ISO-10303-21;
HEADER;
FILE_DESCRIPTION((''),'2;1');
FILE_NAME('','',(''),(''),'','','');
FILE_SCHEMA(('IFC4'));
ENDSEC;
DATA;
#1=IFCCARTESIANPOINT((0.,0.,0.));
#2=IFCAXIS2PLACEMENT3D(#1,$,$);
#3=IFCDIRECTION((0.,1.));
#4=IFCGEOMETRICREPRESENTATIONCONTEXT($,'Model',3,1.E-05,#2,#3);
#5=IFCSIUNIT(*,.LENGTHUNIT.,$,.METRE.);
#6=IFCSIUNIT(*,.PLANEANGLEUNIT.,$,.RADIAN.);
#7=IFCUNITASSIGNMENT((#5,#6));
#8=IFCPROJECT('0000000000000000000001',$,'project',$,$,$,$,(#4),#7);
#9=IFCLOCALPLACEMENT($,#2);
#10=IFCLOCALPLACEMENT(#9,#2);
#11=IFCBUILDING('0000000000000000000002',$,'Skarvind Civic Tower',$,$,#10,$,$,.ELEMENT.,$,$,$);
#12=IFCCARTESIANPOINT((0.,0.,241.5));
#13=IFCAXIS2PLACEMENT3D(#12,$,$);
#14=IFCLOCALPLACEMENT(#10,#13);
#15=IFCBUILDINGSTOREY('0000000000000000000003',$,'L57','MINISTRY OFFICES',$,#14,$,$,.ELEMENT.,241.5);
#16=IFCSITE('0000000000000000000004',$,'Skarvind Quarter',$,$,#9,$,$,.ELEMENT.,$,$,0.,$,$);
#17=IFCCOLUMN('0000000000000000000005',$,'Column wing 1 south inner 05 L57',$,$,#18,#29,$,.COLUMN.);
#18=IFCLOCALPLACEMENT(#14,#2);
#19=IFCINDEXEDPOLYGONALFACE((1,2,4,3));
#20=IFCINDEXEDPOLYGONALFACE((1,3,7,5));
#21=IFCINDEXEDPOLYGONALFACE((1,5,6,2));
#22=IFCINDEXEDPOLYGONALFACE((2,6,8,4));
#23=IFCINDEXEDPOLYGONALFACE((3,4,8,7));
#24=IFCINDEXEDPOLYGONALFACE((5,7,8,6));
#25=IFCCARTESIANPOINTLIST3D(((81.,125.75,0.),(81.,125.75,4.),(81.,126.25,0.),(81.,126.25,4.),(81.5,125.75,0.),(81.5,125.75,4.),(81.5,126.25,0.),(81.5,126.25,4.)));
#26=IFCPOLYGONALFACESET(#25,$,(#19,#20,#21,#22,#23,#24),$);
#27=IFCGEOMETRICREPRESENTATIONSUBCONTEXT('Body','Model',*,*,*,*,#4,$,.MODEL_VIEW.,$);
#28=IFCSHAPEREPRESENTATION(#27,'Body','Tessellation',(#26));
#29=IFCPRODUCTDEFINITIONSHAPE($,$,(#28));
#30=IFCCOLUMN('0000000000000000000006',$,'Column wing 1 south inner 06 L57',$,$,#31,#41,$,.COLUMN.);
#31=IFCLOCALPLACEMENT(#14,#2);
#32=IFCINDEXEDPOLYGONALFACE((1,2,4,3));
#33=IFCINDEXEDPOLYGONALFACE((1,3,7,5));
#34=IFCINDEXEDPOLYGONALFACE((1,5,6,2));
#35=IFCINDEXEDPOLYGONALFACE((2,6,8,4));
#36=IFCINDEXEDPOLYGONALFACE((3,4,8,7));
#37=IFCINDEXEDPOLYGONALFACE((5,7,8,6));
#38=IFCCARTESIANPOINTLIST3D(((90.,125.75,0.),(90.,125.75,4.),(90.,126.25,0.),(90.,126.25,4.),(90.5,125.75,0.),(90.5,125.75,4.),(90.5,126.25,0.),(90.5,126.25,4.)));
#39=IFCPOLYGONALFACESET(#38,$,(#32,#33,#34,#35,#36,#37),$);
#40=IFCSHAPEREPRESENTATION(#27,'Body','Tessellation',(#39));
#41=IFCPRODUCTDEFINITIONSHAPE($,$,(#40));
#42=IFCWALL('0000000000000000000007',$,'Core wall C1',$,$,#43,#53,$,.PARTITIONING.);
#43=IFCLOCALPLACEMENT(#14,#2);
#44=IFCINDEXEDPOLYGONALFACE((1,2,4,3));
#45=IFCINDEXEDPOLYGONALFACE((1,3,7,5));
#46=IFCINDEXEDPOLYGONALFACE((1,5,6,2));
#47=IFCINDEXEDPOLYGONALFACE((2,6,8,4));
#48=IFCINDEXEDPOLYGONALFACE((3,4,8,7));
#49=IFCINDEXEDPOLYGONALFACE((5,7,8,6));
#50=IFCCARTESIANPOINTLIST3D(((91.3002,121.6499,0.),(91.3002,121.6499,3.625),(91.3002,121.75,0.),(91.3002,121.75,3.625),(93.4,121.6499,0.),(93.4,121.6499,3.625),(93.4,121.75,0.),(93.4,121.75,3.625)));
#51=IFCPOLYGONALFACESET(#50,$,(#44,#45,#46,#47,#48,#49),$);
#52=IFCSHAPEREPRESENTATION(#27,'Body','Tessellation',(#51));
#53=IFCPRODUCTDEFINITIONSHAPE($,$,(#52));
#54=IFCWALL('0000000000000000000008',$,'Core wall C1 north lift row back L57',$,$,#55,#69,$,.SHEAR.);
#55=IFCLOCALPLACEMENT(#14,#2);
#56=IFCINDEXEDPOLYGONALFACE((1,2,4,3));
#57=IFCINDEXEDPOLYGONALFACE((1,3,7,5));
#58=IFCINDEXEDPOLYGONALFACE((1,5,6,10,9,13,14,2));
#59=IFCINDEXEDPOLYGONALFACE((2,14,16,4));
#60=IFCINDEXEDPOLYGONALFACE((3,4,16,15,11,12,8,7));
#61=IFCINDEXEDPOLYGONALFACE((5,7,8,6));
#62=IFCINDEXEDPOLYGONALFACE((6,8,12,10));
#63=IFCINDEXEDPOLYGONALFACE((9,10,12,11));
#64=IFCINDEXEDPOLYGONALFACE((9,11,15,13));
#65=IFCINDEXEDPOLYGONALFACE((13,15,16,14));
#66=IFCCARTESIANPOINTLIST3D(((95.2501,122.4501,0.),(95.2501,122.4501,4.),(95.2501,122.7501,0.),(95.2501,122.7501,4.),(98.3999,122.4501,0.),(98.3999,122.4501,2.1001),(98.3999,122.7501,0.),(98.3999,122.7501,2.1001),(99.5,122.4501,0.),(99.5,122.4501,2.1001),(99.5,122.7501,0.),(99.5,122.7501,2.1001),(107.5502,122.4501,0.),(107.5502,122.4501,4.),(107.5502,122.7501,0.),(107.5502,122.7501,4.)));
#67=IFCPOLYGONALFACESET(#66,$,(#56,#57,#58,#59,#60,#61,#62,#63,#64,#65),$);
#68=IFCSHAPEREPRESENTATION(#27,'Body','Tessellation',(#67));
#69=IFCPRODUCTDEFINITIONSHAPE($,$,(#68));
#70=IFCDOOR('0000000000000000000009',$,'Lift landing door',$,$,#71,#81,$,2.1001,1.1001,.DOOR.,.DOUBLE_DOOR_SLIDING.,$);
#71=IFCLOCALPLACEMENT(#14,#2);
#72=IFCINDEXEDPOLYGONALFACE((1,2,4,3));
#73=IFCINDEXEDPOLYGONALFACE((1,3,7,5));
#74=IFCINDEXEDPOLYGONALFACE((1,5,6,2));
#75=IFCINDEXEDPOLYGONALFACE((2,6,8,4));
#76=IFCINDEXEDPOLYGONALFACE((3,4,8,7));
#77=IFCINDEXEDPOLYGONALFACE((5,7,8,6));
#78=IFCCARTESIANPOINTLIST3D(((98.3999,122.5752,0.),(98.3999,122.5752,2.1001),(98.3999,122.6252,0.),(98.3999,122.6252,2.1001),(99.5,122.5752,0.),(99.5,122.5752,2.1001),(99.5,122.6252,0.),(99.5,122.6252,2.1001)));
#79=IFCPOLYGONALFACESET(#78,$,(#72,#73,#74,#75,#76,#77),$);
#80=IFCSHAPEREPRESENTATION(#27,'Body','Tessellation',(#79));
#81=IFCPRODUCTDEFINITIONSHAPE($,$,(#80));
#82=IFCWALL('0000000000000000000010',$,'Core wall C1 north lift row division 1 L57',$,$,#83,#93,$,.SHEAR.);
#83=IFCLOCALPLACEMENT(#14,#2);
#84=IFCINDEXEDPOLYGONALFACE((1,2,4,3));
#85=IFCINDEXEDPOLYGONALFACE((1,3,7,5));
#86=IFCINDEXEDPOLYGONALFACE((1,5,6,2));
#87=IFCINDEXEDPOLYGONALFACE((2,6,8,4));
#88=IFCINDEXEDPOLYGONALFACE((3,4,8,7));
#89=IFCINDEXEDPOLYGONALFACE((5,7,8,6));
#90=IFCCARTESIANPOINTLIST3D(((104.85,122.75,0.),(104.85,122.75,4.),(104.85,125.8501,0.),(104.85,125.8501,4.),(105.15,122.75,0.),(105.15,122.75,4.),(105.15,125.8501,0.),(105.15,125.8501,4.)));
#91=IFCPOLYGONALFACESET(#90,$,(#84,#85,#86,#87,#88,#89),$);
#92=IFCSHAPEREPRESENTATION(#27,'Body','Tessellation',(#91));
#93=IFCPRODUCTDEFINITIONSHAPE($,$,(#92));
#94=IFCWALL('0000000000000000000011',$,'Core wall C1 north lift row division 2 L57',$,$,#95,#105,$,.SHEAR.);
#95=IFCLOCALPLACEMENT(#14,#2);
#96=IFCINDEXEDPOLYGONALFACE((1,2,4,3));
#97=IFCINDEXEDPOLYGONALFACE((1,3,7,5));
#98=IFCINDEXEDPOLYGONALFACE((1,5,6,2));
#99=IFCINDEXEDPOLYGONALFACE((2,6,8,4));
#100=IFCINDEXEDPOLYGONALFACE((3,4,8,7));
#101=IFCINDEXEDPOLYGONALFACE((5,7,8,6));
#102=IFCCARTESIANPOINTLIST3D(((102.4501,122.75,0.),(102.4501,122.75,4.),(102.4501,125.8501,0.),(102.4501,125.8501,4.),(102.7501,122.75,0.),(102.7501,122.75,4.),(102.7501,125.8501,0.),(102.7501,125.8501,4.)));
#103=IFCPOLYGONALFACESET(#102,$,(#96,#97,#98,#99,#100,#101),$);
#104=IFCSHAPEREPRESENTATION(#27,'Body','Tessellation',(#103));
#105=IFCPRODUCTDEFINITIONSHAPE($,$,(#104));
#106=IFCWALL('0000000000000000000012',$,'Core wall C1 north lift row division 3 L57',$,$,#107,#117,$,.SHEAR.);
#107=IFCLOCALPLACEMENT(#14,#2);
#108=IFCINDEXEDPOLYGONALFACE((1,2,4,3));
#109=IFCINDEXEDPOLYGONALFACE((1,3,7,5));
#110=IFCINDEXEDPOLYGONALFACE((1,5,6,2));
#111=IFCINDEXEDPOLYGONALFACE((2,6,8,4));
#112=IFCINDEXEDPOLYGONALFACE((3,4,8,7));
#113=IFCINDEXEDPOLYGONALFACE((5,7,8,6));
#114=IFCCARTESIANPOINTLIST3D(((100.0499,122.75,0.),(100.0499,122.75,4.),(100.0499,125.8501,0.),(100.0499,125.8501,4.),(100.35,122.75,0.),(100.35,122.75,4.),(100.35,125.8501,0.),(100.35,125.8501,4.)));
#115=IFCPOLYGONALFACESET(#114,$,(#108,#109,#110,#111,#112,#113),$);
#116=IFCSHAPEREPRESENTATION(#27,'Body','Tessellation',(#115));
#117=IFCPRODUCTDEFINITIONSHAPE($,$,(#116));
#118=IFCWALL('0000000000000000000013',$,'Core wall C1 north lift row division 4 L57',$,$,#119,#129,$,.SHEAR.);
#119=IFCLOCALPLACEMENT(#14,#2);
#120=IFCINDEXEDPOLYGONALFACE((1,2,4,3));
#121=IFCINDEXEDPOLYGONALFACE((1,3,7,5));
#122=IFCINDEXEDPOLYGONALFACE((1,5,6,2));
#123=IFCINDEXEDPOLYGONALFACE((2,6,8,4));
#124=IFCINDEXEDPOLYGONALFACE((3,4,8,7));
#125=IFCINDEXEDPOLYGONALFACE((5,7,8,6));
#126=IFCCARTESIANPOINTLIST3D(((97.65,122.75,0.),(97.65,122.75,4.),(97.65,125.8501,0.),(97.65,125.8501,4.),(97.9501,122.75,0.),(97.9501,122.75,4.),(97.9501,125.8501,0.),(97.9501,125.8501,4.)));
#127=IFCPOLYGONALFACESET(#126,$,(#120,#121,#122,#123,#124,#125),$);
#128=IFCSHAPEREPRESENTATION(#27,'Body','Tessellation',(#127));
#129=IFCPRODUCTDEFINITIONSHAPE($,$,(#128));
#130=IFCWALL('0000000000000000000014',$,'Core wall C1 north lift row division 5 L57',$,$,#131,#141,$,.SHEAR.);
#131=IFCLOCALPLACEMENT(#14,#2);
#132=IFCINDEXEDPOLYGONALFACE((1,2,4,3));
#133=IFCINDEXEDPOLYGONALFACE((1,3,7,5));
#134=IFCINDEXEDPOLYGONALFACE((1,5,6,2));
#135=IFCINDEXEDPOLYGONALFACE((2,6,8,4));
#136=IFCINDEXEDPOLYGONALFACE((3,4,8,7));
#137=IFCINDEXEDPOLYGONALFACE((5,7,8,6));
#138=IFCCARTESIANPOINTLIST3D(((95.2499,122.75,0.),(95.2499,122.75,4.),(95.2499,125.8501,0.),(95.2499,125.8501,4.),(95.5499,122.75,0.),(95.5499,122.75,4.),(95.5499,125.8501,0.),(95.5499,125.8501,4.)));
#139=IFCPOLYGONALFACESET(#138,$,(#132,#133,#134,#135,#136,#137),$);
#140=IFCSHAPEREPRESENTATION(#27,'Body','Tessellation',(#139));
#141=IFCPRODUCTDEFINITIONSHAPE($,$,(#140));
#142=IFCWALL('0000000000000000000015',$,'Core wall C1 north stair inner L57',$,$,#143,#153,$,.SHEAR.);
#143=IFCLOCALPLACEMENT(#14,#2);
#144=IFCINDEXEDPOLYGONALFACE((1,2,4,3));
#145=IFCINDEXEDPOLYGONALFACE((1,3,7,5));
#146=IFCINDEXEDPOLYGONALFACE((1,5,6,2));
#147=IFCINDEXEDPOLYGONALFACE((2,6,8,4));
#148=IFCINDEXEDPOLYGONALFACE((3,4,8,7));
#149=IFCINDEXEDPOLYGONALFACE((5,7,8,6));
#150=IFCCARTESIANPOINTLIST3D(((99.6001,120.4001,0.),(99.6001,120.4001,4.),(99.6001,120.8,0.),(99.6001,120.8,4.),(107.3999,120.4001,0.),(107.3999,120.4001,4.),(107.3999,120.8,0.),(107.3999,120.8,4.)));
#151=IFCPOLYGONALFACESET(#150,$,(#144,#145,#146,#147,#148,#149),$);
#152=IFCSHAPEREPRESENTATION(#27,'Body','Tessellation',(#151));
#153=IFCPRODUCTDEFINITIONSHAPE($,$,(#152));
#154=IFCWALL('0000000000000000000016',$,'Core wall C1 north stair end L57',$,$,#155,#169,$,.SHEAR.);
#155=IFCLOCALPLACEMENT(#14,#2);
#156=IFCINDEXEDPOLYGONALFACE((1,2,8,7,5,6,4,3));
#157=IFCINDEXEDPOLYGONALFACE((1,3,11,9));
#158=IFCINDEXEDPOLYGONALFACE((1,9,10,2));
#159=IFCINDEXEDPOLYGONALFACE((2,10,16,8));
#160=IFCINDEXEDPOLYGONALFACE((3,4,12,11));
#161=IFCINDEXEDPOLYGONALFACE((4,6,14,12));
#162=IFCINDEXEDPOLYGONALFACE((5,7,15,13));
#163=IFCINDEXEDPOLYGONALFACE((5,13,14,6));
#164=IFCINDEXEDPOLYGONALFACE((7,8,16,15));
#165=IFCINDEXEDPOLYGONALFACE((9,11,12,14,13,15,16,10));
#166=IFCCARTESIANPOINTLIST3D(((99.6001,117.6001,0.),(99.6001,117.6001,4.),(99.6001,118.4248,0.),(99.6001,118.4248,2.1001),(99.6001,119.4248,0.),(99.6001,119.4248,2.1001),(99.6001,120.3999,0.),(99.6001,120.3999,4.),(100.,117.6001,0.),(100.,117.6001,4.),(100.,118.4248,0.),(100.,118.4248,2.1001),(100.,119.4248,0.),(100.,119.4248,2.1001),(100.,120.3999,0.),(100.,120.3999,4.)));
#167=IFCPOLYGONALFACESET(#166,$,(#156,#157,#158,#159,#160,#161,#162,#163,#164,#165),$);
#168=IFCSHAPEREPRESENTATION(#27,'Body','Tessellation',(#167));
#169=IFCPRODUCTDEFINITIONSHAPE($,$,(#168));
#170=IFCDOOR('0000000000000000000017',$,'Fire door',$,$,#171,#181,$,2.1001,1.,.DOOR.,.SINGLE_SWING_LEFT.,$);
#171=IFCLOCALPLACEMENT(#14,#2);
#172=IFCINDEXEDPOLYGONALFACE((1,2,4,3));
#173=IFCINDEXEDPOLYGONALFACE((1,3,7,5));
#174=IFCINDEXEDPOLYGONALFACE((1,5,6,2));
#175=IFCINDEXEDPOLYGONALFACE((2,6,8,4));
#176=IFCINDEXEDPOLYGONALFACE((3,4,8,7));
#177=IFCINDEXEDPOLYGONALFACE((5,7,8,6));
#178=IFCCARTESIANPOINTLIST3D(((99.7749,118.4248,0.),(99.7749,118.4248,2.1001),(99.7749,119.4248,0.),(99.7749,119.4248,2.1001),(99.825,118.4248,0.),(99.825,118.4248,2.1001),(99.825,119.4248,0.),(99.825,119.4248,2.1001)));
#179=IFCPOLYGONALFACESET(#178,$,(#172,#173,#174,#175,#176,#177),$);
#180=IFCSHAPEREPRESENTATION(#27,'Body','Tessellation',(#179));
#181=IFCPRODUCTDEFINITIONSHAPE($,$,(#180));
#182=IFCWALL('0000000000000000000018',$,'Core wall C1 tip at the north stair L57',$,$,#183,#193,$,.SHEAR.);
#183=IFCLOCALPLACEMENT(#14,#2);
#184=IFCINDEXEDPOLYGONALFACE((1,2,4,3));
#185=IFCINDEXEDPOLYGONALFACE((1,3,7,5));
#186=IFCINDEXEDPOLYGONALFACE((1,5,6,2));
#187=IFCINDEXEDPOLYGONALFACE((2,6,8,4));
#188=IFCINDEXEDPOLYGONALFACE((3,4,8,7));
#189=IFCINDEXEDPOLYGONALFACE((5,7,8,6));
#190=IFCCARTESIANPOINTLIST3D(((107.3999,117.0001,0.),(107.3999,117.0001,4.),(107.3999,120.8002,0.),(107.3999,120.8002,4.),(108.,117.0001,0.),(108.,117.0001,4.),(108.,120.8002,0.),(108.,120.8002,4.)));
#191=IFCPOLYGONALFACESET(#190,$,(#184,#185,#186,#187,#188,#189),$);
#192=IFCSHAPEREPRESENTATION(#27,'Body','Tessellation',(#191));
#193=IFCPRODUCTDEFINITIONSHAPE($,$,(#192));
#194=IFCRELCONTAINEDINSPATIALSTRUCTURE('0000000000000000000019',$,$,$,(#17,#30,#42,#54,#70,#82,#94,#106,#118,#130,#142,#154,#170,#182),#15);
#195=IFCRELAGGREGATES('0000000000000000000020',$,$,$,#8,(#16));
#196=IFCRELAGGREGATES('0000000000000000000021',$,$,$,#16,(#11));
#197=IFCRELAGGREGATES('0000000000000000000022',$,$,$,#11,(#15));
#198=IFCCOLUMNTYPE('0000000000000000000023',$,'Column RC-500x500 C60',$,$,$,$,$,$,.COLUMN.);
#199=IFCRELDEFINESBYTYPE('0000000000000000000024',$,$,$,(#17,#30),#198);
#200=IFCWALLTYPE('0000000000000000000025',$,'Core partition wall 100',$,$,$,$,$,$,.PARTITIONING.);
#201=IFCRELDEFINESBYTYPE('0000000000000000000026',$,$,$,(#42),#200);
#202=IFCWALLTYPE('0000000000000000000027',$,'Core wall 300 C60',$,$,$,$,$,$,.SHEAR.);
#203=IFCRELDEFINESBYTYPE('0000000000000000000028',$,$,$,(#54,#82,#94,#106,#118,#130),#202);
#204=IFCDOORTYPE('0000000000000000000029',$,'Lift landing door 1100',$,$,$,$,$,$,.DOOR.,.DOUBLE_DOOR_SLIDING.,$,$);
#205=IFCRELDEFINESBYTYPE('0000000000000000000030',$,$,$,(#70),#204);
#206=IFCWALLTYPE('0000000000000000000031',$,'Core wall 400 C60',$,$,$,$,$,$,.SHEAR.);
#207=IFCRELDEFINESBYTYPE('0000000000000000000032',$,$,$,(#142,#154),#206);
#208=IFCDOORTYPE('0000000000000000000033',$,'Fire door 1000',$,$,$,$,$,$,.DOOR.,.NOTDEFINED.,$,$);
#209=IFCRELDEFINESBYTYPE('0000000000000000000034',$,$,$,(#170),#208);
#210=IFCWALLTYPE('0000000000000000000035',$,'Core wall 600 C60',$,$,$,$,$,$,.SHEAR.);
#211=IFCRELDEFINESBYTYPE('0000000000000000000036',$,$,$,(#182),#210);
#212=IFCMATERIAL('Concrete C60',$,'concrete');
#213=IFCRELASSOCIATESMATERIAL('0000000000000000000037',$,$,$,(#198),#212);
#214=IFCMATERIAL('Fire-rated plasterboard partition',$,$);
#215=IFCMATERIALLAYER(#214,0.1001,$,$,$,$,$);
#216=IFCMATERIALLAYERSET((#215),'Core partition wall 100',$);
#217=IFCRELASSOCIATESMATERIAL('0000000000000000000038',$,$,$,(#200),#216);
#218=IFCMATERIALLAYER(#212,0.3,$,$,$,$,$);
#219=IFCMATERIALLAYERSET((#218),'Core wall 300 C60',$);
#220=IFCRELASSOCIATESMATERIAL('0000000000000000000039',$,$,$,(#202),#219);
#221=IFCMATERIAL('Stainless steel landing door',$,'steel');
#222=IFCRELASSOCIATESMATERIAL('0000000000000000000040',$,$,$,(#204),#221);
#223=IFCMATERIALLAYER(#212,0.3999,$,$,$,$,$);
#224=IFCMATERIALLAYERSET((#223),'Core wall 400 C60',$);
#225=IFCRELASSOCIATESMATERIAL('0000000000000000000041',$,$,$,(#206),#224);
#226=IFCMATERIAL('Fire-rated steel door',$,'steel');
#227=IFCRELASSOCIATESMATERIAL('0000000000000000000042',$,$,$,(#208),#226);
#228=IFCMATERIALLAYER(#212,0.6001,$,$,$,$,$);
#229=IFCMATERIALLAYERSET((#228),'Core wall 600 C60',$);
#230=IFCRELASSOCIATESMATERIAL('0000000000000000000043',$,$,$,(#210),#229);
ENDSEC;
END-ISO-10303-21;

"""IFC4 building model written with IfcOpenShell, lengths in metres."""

from ifc_helpers import new_model, si_unit, direction, frame, frame_2d, origin, origin_2d, place, context, subcontext, project, spatial, rectangle, extrude, material, layer, layer_set, material_profile, profile_set, type_object, element, fill, save


model = new_model("IFC4")

# Units and contexts
model_context = context("Model", 3, precision=1e-05, world=origin(), true_north=direction((0.0, 1.0)))
body_context = subcontext(model_context, "Body", "Model", "MODEL_VIEW")
ifc_project = project(units=[si_unit("LENGTHUNIT", "METRE"), si_unit("PLANEANGLEUNIT", "RADIAN")], contexts=[model_context])

# Site, building, storey
site_placement = place(None, origin())
site = spatial("IfcSite", under=ifc_project, at=site_placement, Name="Skarvind Quarter", CompositionType="ELEMENT", RefElevation=0.0)
building_placement = place(site_placement, origin())
building = spatial("IfcBuilding", under=site, at=building_placement, Name="Skarvind Civic Tower", CompositionType="ELEMENT")
storey_placement = place(building_placement, frame((0.0, 0.0, 241.5)))
storey = spatial("IfcBuildingStorey", under=building, at=storey_placement, Name="L57", Description="MINISTRY OFFICES", CompositionType="ELEMENT", Elevation=241.5)

# Columns
ifc_material_1 = material(Name="Concrete C60", Category="concrete")
ifc_material_profile = material_profile(ifc_material_1, rectangle(XDim=0.5, YDim=0.5, at=origin_2d()), Name="RC-500x500")
ifc_profile_set = profile_set([ifc_material_profile], Name="Concrete C60")
column_type = type_object("IfcColumnType", Name="Column RC-500x500 C60", PredefinedType="COLUMN", material=ifc_profile_set)
for number, where, z_axis, x_axis, name in (
    (1, (81.25, 126.0, 0.0), (0.0, 0.0, 1.0), (1.0, 0.0, 0.0), "Column wing 1 south inner 05 L57"),
    (2, (90.25, 126.0, 0.0), (0.0, 0.0, 1.0), (1.0, 0.0, 0.0), "Column wing 1 south inner 06 L57"),
):
    element("IfcColumn", number, at=place(storey_placement, frame(where, z_axis=z_axis, x_axis=x_axis)), inside=storey, type_object=column_type, Name=name, PredefinedType="COLUMN", context=body_context, shape_type="SweptSolid", body=[
        extrude(rectangle(XDim=0.5, YDim=0.5, at=origin_2d()), origin(), (0.0, 0.0, 1.0), 4.0),
    ])

# Wall
ifc_material_2 = material(Name="Fire-rated plasterboard partition")
ifc_layer_1 = layer(ifc_material_2, 0.1001)
ifc_layer_set_1 = layer_set([ifc_layer_1], Name="Core partition wall 100")
wall_type_1 = type_object("IfcWallType", Name="Core partition wall 100", PredefinedType="PARTITIONING", material=ifc_layer_set_1)
wall_1_placement = place(storey_placement, frame((93.3999, 121.7, 0.0), z_axis=(0.0, 0.0, 1.0), x_axis=(-1.0, 0.0, 0.0)))
element("IfcWall", 3, at=wall_1_placement, inside=storey, type_object=wall_type_1, Name="Core wall C1", PredefinedType="PARTITIONING", context=body_context, shape_type="SweptSolid", body=[
    extrude(rectangle(XDim=2.0999, YDim=0.1001, at=frame_2d((1.0498, 0.0))), origin(), (0.0, 0.0, 1.0), 3.625),
])

# Wall, opening, door
ifc_layer_2 = layer(ifc_material_1, 0.3)
ifc_layer_set_2 = layer_set([ifc_layer_2], Name="Core wall 300 C60")
wall_type_2 = type_object("IfcWallType", Name="Core wall 300 C60", PredefinedType="SHEAR", material=ifc_layer_set_2)
wall_2_placement = place(storey_placement, frame((107.55, 122.6001, 0.0), z_axis=(0.0, 0.0, 1.0), x_axis=(-1.0, 0.0, 0.0)))
wall_2 = element("IfcWall", 4, at=wall_2_placement, inside=storey, type_object=wall_type_2, Name="Core wall C1 north lift row back L57", PredefinedType="SHEAR", context=body_context, shape_type="SweptSolid", body=[
    extrude(rectangle(XDim=12.3, YDim=0.3, at=frame_2d((6.1499, 0.0))), origin(), (0.0, 0.0, 1.0), 4.0),
])
opening_1_placement = place(wall_2_placement, frame((8.05, 0.0, 0.0)))
opening_1 = element("IfcOpeningElement", 5, at=opening_1_placement, cuts=wall_2, PredefinedType="OPENING", context=body_context, shape_type="SweptSolid", body=[
    extrude(rectangle(XDim=1.1001, YDim=2.1001, at=frame_2d((0.55, 1.05))), frame((0.0, 0.1599, 0.0), z_axis=(0.0, -1.0, 0.0), x_axis=(1.0, 0.0, 0.0)), (0.0, 0.0, 1.0), 0.3201),
])
ifc_material_3 = material(Name="Stainless steel landing door", Category="steel")
door_type_1 = type_object("IfcDoorType", Name="Lift landing door 1100", OperationType="DOUBLE_DOOR_SLIDING", PredefinedType="DOOR", material=ifc_material_3)
door_1_placement = place(opening_1_placement, origin())
door_1 = element("IfcDoor", 6, at=door_1_placement, inside=storey, type_object=door_type_1, Name="Lift landing door", OperationType="DOUBLE_DOOR_SLIDING", OverallHeight=2.1001, OverallWidth=1.1001, PredefinedType="DOOR", context=body_context, shape_type="SweptSolid", body=[
    extrude(rectangle(XDim=1.1001, YDim=2.1001, at=frame_2d((0.55, 1.05))), frame((0.0, 0.0249, 0.0), z_axis=(0.0, -1.0, 0.0), x_axis=(1.0, 0.0, 0.0)), (0.0, 0.0, 1.0), 0.05),
])
fill(opening_1, door_1)

# Walls
for number, where, z_axis, x_axis, name in (
    (7, (105.0, 125.8501, 0.0), (0.0, 0.0, 1.0), (0.0, -1.0, 0.0), "Core wall C1 north lift row division 1 L57"),
    (8, (102.6001, 125.8501, 0.0), (0.0, 0.0, 1.0), (0.0, -1.0, 0.0), "Core wall C1 north lift row division 2 L57"),
    (9, (100.2, 125.8501, 0.0), (0.0, 0.0, 1.0), (0.0, -1.0, 0.0), "Core wall C1 north lift row division 3 L57"),
    (10, (97.8, 125.8501, 0.0), (0.0, 0.0, 1.0), (0.0, -1.0, 0.0), "Core wall C1 north lift row division 4 L57"),
    (11, (95.3999, 125.8501, 0.0), (0.0, 0.0, 1.0), (0.0, -1.0, 0.0), "Core wall C1 north lift row division 5 L57"),
):
    element("IfcWall", number, at=place(storey_placement, frame(where, z_axis=z_axis, x_axis=x_axis)), inside=storey, type_object=wall_type_2, Name=name, PredefinedType="SHEAR", context=body_context, shape_type="SweptSolid", body=[
        extrude(rectangle(XDim=3.1001, YDim=0.3, at=frame_2d((1.55, 0.0))), origin(), (0.0, 0.0, 1.0), 4.0),
    ])
ifc_layer_3 = layer(ifc_material_1, 0.3999)
ifc_layer_set_3 = layer_set([ifc_layer_3], Name="Core wall 400 C60")
wall_type_3 = type_object("IfcWallType", Name="Core wall 400 C60", PredefinedType="SHEAR", material=ifc_layer_set_3)
wall_3_placement = place(storey_placement, frame((107.3999, 120.6001, 0.0), z_axis=(0.0, 0.0, 1.0), x_axis=(-1.0, 0.0, 0.0)))
element("IfcWall", 12, at=wall_3_placement, inside=storey, type_object=wall_type_3, Name="Core wall C1 north stair inner L57", PredefinedType="SHEAR", context=body_context, shape_type="SweptSolid", body=[
    extrude(rectangle(XDim=7.7998, YDim=0.3999, at=frame_2d((3.8999, 0.0))), origin(), (0.0, 0.0, 1.0), 4.0),
])

# Wall, opening, door
wall_4_placement = place(storey_placement, frame((99.8, 120.3999, 0.0), z_axis=(0.0, 0.0, 1.0), x_axis=(0.0, -1.0, 0.0)))
wall_4 = element("IfcWall", 13, at=wall_4_placement, inside=storey, type_object=wall_type_3, Name="Core wall C1 north stair end L57", PredefinedType="SHEAR", context=body_context, shape_type="SweptSolid", body=[
    extrude(rectangle(XDim=2.7998, YDim=0.3999, at=frame_2d((1.3999, 0.0))), origin(), (0.0, 0.0, 1.0), 4.0),
])
opening_2_placement = place(wall_4_placement, frame((0.9751, 0.0, 0.0)))
opening_2 = element("IfcOpeningElement", 14, at=opening_2_placement, cuts=wall_4, PredefinedType="OPENING", context=body_context, shape_type="SweptSolid", body=[
    extrude(rectangle(XDim=1.0, YDim=2.1001, at=frame_2d((0.5, 1.05))), frame((0.0, 0.21, 0.0), z_axis=(0.0, -1.0, 0.0), x_axis=(1.0, 0.0, 0.0)), (0.0, 0.0, 1.0), 0.4199),
])
ifc_material_4 = material(Name="Fire-rated steel door", Category="steel")
door_type_2 = type_object("IfcDoorType", Name="Fire door 1000", OperationType="NOTDEFINED", PredefinedType="DOOR", material=ifc_material_4)
door_2_placement = place(opening_2_placement, origin())
door_2 = element("IfcDoor", 15, at=door_2_placement, inside=storey, type_object=door_type_2, Name="Fire door", OperationType="SINGLE_SWING_LEFT", OverallHeight=2.1001, OverallWidth=1.0, PredefinedType="DOOR", context=body_context, shape_type="SweptSolid", body=[
    extrude(rectangle(XDim=1.0, YDim=2.1001, at=frame_2d((0.5, 1.05))), frame((0.0, 0.0249, 0.0), z_axis=(0.0, -1.0, 0.0), x_axis=(1.0, 0.0, 0.0)), (0.0, 0.0, 1.0), 0.05),
])
fill(opening_2, door_2)

# Wall
ifc_layer_4 = layer(ifc_material_1, 0.6001)
ifc_layer_set_4 = layer_set([ifc_layer_4], Name="Core wall 600 C60")
wall_type_4 = type_object("IfcWallType", Name="Core wall 600 C60", PredefinedType="SHEAR", material=ifc_layer_set_4)
wall_5_placement = place(storey_placement, frame((107.7, 120.8, 0.0), z_axis=(0.0, 0.0, 1.0), x_axis=(0.0, -1.0, 0.0)))
element("IfcWall", 16, at=wall_5_placement, inside=storey, type_object=wall_type_4, Name="Core wall C1 tip at the north stair L57", PredefinedType="SHEAR", context=body_context, shape_type="SweptSolid", body=[
    extrude(rectangle(XDim=3.8, YDim=0.6001, at=frame_2d((1.8999, 0.0))), origin(), (0.0, 0.0, 1.0), 4.0),
])

save(model, "model.ifc")
